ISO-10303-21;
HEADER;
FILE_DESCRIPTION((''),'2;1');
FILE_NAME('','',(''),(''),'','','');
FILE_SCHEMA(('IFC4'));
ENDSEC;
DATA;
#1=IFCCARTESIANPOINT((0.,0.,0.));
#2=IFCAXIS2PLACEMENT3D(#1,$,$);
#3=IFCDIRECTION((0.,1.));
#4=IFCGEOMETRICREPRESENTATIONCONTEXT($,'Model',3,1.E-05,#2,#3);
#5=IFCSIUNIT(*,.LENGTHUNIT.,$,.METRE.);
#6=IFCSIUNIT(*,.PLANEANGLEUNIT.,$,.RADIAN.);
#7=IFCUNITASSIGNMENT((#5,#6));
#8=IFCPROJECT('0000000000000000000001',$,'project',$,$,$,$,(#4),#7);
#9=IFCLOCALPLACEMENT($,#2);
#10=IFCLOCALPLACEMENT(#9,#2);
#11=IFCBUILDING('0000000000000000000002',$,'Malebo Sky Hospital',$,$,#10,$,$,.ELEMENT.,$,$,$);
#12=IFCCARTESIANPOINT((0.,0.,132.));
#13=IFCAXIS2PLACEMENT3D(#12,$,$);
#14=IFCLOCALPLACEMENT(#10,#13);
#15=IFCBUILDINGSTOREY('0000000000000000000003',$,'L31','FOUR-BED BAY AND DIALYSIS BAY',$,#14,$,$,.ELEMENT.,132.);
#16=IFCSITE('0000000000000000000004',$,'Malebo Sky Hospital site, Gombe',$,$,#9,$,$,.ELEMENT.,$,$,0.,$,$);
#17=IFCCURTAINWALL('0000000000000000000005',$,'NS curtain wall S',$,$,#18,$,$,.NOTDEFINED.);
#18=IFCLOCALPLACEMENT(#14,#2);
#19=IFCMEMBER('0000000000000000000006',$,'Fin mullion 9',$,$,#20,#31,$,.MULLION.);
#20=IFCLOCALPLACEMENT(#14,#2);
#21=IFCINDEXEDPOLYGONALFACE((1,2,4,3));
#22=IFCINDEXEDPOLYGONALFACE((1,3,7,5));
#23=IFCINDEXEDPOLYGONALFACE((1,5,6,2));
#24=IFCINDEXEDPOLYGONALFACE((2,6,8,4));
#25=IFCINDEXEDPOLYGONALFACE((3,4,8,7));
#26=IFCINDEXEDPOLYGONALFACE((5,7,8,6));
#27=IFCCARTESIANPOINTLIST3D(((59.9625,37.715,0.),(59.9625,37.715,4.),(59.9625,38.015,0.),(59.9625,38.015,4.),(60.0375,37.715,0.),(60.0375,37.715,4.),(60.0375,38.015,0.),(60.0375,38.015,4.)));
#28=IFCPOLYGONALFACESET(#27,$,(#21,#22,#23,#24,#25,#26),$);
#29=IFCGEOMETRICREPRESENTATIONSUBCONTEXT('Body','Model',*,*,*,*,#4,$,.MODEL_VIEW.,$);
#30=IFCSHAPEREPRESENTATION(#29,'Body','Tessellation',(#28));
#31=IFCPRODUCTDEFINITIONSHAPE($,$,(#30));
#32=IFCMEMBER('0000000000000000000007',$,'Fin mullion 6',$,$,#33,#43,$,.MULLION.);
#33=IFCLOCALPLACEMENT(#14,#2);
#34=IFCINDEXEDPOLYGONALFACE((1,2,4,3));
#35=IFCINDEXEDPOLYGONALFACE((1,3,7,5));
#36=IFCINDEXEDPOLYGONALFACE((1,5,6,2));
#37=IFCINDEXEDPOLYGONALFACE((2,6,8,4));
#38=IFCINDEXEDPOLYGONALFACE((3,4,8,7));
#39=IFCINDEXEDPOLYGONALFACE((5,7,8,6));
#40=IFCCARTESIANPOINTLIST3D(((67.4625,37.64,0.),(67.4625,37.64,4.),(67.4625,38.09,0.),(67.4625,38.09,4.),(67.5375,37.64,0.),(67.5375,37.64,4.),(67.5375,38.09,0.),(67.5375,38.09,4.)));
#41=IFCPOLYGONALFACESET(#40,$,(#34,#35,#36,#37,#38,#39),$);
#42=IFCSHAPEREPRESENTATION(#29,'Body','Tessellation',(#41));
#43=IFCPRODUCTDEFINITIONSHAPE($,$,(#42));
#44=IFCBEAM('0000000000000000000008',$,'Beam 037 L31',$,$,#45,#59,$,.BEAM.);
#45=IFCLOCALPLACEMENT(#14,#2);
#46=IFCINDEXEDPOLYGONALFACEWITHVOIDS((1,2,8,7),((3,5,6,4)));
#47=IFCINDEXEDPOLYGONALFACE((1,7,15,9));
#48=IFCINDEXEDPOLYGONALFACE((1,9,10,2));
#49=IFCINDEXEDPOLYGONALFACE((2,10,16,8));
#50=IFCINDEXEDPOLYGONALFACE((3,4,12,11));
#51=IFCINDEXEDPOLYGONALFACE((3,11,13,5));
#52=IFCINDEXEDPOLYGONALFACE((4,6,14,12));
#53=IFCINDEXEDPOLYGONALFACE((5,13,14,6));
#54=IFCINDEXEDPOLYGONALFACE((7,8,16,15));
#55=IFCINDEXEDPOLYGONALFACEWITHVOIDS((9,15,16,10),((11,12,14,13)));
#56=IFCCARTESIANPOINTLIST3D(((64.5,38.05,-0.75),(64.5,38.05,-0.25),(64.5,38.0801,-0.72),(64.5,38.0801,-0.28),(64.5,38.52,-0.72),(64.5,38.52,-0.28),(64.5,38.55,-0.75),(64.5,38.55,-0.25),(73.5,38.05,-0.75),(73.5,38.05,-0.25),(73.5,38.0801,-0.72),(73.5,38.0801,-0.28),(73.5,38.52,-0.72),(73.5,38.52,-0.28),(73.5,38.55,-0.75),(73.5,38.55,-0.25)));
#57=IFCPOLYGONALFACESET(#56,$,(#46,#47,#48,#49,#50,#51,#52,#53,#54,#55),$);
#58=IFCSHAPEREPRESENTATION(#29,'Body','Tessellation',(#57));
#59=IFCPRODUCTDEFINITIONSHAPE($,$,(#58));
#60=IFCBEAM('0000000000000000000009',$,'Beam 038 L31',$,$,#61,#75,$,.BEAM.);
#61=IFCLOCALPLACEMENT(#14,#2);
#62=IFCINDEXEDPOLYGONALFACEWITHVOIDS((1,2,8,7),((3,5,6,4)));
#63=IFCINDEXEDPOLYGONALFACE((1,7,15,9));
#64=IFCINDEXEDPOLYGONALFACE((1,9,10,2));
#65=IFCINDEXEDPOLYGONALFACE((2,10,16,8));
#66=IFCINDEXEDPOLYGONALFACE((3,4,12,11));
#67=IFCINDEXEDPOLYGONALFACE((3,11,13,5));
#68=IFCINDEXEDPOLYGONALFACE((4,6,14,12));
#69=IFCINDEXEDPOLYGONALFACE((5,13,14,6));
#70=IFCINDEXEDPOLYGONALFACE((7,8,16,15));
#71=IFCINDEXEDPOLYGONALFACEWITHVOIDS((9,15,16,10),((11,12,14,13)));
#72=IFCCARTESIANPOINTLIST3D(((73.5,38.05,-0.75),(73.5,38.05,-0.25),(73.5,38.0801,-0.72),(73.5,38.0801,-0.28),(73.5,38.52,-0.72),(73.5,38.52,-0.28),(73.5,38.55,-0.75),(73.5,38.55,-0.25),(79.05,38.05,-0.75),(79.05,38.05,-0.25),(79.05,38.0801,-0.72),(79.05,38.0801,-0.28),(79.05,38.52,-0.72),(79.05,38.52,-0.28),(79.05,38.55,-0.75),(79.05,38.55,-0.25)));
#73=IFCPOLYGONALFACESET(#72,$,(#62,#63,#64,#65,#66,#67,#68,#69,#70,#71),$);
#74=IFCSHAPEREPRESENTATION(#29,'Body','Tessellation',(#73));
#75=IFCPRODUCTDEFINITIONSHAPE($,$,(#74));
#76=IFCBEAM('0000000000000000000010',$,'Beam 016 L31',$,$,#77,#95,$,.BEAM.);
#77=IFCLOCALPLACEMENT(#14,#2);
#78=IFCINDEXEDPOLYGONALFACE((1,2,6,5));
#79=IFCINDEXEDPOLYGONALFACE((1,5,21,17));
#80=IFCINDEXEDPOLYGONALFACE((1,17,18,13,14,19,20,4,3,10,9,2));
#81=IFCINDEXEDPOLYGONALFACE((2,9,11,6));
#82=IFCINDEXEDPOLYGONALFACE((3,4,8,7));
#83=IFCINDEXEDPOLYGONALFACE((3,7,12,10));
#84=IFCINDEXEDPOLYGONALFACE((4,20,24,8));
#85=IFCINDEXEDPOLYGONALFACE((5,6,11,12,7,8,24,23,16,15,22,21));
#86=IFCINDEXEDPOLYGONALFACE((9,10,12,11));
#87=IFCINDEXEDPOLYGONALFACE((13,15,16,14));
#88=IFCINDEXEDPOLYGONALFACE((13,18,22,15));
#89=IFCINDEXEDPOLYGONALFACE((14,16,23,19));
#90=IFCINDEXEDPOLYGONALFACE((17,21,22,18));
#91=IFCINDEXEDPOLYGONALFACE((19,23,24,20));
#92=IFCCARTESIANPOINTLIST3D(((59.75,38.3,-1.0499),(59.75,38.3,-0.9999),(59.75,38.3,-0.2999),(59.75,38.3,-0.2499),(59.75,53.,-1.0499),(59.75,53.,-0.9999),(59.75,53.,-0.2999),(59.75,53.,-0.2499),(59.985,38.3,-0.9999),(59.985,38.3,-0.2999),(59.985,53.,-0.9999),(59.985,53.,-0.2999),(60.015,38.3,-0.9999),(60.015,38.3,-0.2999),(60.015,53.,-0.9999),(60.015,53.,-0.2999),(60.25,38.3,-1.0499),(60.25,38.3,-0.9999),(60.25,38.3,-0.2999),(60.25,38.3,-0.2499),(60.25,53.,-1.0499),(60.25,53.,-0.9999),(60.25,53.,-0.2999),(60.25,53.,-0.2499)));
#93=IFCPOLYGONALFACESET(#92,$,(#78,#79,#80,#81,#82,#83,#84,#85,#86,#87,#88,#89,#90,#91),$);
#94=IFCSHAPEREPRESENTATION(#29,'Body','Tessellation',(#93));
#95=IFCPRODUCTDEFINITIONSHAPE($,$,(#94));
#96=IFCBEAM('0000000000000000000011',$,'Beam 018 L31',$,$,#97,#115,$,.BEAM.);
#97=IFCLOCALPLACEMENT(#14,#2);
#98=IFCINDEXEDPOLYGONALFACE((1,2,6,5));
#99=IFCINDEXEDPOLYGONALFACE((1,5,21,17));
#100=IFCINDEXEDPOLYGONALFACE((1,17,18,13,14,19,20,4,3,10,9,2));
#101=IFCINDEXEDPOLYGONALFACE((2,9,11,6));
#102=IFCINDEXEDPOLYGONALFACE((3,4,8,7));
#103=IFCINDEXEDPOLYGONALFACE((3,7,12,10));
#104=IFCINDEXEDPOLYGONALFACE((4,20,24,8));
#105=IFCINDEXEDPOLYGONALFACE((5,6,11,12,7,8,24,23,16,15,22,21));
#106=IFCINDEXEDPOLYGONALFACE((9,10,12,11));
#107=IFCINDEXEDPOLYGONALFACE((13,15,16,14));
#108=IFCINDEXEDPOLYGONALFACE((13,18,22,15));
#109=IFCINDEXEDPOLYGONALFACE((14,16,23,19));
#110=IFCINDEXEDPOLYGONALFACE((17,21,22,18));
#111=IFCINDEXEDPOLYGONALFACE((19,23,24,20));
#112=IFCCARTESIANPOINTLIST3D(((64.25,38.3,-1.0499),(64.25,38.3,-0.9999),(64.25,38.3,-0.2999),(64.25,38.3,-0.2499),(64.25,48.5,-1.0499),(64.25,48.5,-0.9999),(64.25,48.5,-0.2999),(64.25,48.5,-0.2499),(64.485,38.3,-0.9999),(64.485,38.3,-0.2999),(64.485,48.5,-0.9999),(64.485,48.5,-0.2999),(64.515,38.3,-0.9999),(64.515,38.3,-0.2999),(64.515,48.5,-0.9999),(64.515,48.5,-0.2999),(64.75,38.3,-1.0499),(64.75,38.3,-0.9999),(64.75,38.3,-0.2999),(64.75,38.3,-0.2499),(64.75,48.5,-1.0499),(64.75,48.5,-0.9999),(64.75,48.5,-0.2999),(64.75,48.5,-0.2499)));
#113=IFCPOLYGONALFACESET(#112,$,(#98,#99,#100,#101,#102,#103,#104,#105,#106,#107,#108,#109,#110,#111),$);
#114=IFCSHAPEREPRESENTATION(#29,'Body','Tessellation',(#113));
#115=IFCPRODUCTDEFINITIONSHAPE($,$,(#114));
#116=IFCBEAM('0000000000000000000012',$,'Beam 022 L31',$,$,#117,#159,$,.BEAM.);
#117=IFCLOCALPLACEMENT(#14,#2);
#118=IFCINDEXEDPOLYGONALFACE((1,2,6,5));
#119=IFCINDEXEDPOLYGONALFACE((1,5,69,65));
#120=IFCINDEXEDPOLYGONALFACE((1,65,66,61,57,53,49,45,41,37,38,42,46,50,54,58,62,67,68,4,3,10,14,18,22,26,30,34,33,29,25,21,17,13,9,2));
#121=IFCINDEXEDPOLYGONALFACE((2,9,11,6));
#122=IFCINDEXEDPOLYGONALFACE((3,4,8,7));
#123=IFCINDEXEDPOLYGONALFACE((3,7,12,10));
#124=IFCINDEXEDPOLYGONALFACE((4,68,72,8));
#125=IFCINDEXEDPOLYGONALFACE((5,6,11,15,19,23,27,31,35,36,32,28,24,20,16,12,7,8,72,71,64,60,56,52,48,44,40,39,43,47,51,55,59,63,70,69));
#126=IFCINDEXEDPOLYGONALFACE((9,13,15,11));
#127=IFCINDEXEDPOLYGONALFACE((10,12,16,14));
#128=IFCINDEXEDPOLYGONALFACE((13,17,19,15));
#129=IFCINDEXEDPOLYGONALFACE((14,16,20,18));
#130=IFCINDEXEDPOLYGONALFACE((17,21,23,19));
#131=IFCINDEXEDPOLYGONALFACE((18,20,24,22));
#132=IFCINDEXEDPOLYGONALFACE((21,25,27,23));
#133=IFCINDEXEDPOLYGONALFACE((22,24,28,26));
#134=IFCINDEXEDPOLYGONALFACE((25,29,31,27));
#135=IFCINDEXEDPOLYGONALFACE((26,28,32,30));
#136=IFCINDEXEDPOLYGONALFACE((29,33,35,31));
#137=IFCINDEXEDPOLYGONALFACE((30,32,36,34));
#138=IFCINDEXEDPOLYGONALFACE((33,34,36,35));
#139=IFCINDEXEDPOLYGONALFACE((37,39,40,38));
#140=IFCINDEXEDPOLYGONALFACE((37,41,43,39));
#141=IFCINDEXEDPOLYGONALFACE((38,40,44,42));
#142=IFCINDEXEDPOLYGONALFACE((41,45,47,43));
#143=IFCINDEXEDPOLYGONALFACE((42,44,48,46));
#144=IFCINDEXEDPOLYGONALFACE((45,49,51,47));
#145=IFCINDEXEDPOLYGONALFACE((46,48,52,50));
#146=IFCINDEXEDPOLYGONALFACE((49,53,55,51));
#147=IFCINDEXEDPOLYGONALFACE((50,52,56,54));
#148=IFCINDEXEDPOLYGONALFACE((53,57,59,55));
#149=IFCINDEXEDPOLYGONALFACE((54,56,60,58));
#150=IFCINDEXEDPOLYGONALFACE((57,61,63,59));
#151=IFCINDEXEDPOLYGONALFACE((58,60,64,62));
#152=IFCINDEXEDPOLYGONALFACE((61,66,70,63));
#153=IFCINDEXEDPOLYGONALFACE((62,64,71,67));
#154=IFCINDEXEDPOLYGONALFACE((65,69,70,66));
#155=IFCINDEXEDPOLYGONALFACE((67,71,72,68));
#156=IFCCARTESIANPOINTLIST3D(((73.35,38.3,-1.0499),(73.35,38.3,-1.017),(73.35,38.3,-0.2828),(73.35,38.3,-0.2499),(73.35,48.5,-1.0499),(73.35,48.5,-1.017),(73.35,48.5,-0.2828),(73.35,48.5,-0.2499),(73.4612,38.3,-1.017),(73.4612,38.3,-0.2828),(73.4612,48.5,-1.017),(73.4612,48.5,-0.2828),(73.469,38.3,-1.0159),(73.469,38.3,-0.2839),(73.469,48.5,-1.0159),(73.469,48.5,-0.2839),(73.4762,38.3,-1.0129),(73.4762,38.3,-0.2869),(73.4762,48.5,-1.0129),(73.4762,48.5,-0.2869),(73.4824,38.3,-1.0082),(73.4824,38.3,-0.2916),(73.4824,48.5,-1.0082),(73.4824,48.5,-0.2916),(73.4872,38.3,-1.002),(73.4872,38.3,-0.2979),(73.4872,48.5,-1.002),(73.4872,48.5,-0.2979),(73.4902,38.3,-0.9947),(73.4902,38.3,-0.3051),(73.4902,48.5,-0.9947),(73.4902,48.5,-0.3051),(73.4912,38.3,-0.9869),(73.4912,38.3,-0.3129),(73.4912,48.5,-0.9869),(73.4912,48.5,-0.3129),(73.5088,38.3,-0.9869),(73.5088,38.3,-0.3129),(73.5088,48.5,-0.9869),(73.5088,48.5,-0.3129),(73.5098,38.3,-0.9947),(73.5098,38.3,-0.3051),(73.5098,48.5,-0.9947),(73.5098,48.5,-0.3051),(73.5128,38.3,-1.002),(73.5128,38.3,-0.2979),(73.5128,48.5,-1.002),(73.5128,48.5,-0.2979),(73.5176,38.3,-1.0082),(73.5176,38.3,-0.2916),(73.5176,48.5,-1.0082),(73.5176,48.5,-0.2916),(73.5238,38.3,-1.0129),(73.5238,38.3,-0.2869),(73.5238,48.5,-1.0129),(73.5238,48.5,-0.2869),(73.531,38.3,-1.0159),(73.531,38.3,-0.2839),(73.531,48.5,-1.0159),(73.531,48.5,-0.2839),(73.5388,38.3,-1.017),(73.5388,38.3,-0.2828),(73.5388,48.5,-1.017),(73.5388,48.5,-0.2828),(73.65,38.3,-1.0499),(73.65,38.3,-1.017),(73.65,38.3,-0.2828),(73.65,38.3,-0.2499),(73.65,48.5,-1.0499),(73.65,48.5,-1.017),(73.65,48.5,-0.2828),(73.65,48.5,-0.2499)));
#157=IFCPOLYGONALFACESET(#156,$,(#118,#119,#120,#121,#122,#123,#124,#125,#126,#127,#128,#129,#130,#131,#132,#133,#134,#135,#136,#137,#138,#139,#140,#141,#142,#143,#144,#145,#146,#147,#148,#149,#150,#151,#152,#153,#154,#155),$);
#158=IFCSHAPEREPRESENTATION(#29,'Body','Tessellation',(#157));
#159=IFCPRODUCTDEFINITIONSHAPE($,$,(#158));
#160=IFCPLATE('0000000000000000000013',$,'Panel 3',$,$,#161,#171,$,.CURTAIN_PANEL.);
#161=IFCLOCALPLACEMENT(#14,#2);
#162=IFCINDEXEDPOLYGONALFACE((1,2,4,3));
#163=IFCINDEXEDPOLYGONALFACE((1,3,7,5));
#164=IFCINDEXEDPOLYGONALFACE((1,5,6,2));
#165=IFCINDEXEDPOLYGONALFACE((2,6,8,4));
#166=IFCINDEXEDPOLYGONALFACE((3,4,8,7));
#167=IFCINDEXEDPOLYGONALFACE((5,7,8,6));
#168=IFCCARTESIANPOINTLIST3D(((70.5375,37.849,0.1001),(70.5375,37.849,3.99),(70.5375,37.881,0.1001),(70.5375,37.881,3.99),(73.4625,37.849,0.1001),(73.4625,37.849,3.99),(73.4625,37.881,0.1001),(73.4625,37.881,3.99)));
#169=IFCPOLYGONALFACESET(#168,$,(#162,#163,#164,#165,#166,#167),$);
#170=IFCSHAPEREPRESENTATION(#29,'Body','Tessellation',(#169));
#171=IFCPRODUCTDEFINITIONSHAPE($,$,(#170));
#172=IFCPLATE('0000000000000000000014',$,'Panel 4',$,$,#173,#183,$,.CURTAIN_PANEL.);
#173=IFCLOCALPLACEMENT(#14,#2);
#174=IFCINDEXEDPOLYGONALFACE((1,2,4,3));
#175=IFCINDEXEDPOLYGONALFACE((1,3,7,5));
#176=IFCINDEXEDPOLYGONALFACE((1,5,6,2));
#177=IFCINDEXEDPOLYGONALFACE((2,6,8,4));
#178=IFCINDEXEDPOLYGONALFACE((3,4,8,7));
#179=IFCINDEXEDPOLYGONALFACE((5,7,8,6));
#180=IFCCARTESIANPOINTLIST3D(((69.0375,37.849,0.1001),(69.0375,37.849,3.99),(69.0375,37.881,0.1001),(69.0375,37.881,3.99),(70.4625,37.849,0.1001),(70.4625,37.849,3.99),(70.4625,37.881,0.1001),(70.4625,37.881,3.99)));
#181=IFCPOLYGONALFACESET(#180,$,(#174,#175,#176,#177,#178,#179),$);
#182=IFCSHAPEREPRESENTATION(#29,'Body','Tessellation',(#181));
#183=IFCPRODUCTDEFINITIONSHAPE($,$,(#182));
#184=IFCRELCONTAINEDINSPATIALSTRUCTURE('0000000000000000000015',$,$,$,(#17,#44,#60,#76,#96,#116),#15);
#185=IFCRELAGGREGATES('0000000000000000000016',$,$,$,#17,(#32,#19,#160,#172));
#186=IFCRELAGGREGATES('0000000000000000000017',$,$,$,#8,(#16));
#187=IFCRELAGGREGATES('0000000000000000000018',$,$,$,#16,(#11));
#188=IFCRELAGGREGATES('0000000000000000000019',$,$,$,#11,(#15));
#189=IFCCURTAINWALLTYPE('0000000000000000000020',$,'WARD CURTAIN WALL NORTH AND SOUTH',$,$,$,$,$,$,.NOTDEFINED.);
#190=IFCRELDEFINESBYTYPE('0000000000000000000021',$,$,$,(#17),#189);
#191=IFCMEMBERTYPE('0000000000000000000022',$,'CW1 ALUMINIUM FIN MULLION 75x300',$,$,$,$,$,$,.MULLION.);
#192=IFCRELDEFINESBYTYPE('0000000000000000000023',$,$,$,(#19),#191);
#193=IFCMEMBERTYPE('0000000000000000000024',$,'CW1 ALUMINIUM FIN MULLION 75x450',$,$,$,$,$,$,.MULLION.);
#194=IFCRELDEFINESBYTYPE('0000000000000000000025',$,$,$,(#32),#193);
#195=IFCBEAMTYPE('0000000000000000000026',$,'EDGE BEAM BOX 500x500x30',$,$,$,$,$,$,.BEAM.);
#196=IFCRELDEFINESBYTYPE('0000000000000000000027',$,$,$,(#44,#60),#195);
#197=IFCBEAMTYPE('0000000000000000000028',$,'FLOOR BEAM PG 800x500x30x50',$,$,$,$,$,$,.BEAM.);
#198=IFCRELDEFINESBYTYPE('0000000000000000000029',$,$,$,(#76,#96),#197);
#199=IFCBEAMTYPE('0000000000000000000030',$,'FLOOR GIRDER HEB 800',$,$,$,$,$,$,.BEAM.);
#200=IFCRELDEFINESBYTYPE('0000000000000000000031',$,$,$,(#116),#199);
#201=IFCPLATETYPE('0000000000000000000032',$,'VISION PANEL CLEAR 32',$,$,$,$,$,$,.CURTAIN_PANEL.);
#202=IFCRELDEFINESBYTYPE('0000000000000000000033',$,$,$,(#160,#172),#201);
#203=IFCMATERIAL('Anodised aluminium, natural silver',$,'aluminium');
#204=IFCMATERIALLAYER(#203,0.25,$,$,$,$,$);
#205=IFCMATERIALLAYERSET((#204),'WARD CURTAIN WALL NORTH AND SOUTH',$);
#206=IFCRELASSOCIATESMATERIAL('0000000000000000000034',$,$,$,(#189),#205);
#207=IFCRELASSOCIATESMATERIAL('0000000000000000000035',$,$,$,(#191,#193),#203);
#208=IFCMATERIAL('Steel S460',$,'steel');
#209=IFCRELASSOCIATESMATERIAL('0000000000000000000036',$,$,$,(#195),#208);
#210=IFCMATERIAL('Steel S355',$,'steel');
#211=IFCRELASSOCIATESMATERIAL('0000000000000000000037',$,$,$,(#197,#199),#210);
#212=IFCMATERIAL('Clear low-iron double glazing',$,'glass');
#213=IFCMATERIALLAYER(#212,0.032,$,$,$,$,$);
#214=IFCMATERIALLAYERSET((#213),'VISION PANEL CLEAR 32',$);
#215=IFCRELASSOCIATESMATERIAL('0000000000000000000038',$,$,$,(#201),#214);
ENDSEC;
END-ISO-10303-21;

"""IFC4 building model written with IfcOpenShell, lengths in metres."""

from ifc_helpers import new_model, si_unit, direction, frame, origin, origin_2d, place, context, subcontext, project, spatial, rectangle, hollow_rectangle, i_section, extrude, material, layer, layer_set, material_profile, profile_set, type_object, element, aggregate, save


model = new_model("IFC4")

# Units and contexts
model_context = context("Model", 3, precision=1e-05, world=origin(), true_north=direction((0.0, 1.0)))
body_context = subcontext(model_context, "Body", "Model", "MODEL_VIEW")
ifc_project = project(units=[si_unit("LENGTHUNIT", "METRE"), si_unit("PLANEANGLEUNIT", "RADIAN")], contexts=[model_context])

# Site, building, storey
site_placement = place(None, origin())
site = spatial("IfcSite", under=ifc_project, at=site_placement, Name="Malebo Sky Hospital site, Gombe", CompositionType="ELEMENT", RefElevation=0.0)
building_placement = place(site_placement, origin())
building = spatial("IfcBuilding", under=site, at=building_placement, Name="Malebo Sky Hospital", CompositionType="ELEMENT")
storey_placement = place(building_placement, frame((0.0, 0.0, 132.0)))
storey = spatial("IfcBuildingStorey", under=building, at=storey_placement, Name="L31", Description="FOUR-BED BAY AND DIALYSIS BAY", CompositionType="ELEMENT", Elevation=132.0)

# Shared definitions
ifc_material_1 = material(Name="Steel S460", Category="steel")

# Curtain wall, members
ifc_material_2 = material(Name="Anodised aluminium, natural silver", Category="aluminium")
ifc_layer_1 = layer(ifc_material_2, 0.25)
ifc_layer_set_1 = layer_set([ifc_layer_1], Name="WARD CURTAIN WALL NORTH AND SOUTH")
curtain_wall_type = type_object("IfcCurtainWallType", Name="WARD CURTAIN WALL NORTH AND SOUTH", PredefinedType="NOTDEFINED", material=ifc_layer_set_1)
curtain_wall_placement = place(storey_placement, origin())
curtain_wall = element("IfcCurtainWall", 1, at=curtain_wall_placement, inside=storey, type_object=curtain_wall_type, Name="NS curtain wall S", PredefinedType="NOTDEFINED")
ifc_material_profile_1 = material_profile(ifc_material_2, rectangle(XDim=0.075, YDim=0.3, at=origin_2d()), Name="CW1 ALUMINIUM FIN MULLION 75x300")
ifc_profile_set_1 = profile_set([ifc_material_profile_1], Name="Anodised aluminium, natural silver")
member_type_1 = type_object("IfcMemberType", Name="CW1 ALUMINIUM FIN MULLION 75x300", PredefinedType="MULLION", material=ifc_profile_set_1)
member_1_placement = place(storey_placement, frame((60.0, 37.865, 0.0), z_axis=(0.0, 0.0, 1.0), x_axis=(-1.0, 0.0, 0.0)))
member_1 = element("IfcMember", 2, at=member_1_placement, type_object=member_type_1, Name="Fin mullion 9", PredefinedType="MULLION", context=body_context, shape_type="SweptSolid", body=[
    extrude(rectangle(XDim=0.075, YDim=0.3, at=origin_2d()), origin(), (0.0, 0.0, 1.0), 4.0),
])
ifc_material_profile_2 = material_profile(ifc_material_2, rectangle(XDim=0.075, YDim=0.45, at=origin_2d()), Name="CW1 ALUMINIUM FIN MULLION 75x450")
ifc_profile_set_2 = profile_set([ifc_material_profile_2], Name="Anodised aluminium, natural silver")
member_type_2 = type_object("IfcMemberType", Name="CW1 ALUMINIUM FIN MULLION 75x450", PredefinedType="MULLION", material=ifc_profile_set_2)
member_2_placement = place(storey_placement, frame((67.5, 37.865, 0.0), z_axis=(0.0, 0.0, 1.0), x_axis=(-1.0, 0.0, 0.0)))
member_2 = element("IfcMember", 3, at=member_2_placement, type_object=member_type_2, Name="Fin mullion 6", PredefinedType="MULLION", context=body_context, shape_type="SweptSolid", body=[
    extrude(rectangle(XDim=0.075, YDim=0.45, at=origin_2d()), origin(), (0.0, 0.0, 1.0), 4.0),
])

# Beams
ifc_material_profile_3 = material_profile(ifc_material_1, hollow_rectangle(XDim=0.5, YDim=0.5, WallThickness=0.03, at=origin_2d()), Name="BOX 500x500x30")
ifc_profile_set_3 = profile_set([ifc_material_profile_3], Name="Steel S460")
beam_type_1 = type_object("IfcBeamType", Name="EDGE BEAM BOX 500x500x30", PredefinedType="BEAM", material=ifc_profile_set_3)
beam_1_placement = place(storey_placement, frame((64.5, 38.3, -0.5), z_axis=(1.0, 0.0, 0.0), x_axis=(0.0, 1.0, 0.0)))
element("IfcBeam", 4, at=beam_1_placement, inside=storey, type_object=beam_type_1, Name="Beam 037 L31", PredefinedType="BEAM", context=body_context, shape_type="SweptSolid", body=[
    extrude(hollow_rectangle(XDim=0.5, YDim=0.5, WallThickness=0.03, at=origin_2d()), origin(), (0.0, 0.0, 1.0), 9.0),
])
beam_2_placement = place(storey_placement, frame((73.5, 38.3, -0.5), z_axis=(1.0, 0.0, 0.0), x_axis=(0.0, 1.0, 0.0)))
element("IfcBeam", 5, at=beam_2_placement, inside=storey, type_object=beam_type_1, Name="Beam 038 L31", PredefinedType="BEAM", context=body_context, shape_type="SweptSolid", body=[
    extrude(hollow_rectangle(XDim=0.5, YDim=0.5, WallThickness=0.03, at=origin_2d()), origin(), (0.0, 0.0, 1.0), 5.55),
])
ifc_material_3 = material(Name="Steel S355", Category="steel")
ifc_material_profile_4 = material_profile(ifc_material_3, i_section(OverallWidth=0.5, OverallDepth=0.8, WebThickness=0.03, FlangeThickness=0.05, at=origin_2d()), Name="PG 800x500x30x50")
ifc_profile_set_4 = profile_set([ifc_material_profile_4], Name="Steel S355")
beam_type_2 = type_object("IfcBeamType", Name="FLOOR BEAM PG 800x500x30x50", PredefinedType="BEAM", material=ifc_profile_set_4)
beam_3_placement = place(storey_placement, frame((60.0, 38.3, -0.6499), z_axis=(0.0, 1.0, 0.0), x_axis=(-1.0, 0.0, 0.0)))
element("IfcBeam", 6, at=beam_3_placement, inside=storey, type_object=beam_type_2, Name="Beam 016 L31", PredefinedType="BEAM", context=body_context, shape_type="SweptSolid", body=[
    extrude(i_section(OverallWidth=0.5, OverallDepth=0.8, WebThickness=0.03, FlangeThickness=0.05, at=origin_2d()), origin(), (0.0, 0.0, 1.0), 14.7),
])
beam_4_placement = place(storey_placement, frame((64.5, 38.3, -0.6499), z_axis=(0.0, 1.0, 0.0), x_axis=(-1.0, 0.0, 0.0)))
element("IfcBeam", 7, at=beam_4_placement, inside=storey, type_object=beam_type_2, Name="Beam 018 L31", PredefinedType="BEAM", context=body_context, shape_type="SweptSolid", body=[
    extrude(i_section(OverallWidth=0.5, OverallDepth=0.8, WebThickness=0.03, FlangeThickness=0.05, at=origin_2d()), origin(), (0.0, 0.0, 1.0), 10.2),
])
ifc_material_profile_5 = material_profile(ifc_material_3, i_section(OverallWidth=0.3, OverallDepth=0.8, WebThickness=0.0176, FlangeThickness=0.033, FilletRadius=0.03, at=origin_2d()), Name="HEB 800")
ifc_profile_set_5 = profile_set([ifc_material_profile_5], Name="Steel S355")
beam_type_3 = type_object("IfcBeamType", Name="FLOOR GIRDER HEB 800", PredefinedType="BEAM", material=ifc_profile_set_5)
beam_5_placement = place(storey_placement, frame((73.5, 38.3, -0.6499), z_axis=(0.0, 1.0, 0.0), x_axis=(-1.0, 0.0, 0.0)))
element("IfcBeam", 8, at=beam_5_placement, inside=storey, type_object=beam_type_3, Name="Beam 022 L31", PredefinedType="BEAM", context=body_context, shape_type="SweptSolid", body=[
    extrude(i_section(OverallWidth=0.3, OverallDepth=0.8, WebThickness=0.0176, FlangeThickness=0.033, FilletRadius=0.03, at=origin_2d()), origin(), (0.0, 0.0, 1.0), 10.2),
])

# Plates
ifc_material_4 = material(Name="Clear low-iron double glazing", Category="glass")
ifc_layer_2 = layer(ifc_material_4, 0.032)
ifc_layer_set_2 = layer_set([ifc_layer_2], Name="VISION PANEL CLEAR 32")
plate_type = type_object("IfcPlateType", Name="VISION PANEL CLEAR 32", PredefinedType="CURTAIN_PANEL", material=ifc_layer_set_2)
plate_1_placement = place(storey_placement, frame((72.0, 37.865, 0.1001), z_axis=(0.0, 0.0, 1.0), x_axis=(-1.0, 0.0, 0.0)))
plate_1 = element("IfcPlate", 9, at=plate_1_placement, type_object=plate_type, Name="Panel 3", PredefinedType="CURTAIN_PANEL", context=body_context, shape_type="SweptSolid", body=[
    extrude(rectangle(XDim=2.925, YDim=0.032, at=origin_2d()), origin(), (0.0, 0.0, 1.0), 3.8899),
])
plate_2_placement = place(storey_placement, frame((69.75, 37.865, 0.1001), z_axis=(0.0, 0.0, 1.0), x_axis=(-1.0, 0.0, 0.0)))
plate_2 = element("IfcPlate", 10, at=plate_2_placement, type_object=plate_type, Name="Panel 4", PredefinedType="CURTAIN_PANEL", context=body_context, shape_type="SweptSolid", body=[
    extrude(rectangle(XDim=1.425, YDim=0.032, at=origin_2d()), origin(), (0.0, 0.0, 1.0), 3.8899),
])
aggregate(curtain_wall, [member_2, member_1, plate_1, plate_2])

save(model, "model.ifc")
